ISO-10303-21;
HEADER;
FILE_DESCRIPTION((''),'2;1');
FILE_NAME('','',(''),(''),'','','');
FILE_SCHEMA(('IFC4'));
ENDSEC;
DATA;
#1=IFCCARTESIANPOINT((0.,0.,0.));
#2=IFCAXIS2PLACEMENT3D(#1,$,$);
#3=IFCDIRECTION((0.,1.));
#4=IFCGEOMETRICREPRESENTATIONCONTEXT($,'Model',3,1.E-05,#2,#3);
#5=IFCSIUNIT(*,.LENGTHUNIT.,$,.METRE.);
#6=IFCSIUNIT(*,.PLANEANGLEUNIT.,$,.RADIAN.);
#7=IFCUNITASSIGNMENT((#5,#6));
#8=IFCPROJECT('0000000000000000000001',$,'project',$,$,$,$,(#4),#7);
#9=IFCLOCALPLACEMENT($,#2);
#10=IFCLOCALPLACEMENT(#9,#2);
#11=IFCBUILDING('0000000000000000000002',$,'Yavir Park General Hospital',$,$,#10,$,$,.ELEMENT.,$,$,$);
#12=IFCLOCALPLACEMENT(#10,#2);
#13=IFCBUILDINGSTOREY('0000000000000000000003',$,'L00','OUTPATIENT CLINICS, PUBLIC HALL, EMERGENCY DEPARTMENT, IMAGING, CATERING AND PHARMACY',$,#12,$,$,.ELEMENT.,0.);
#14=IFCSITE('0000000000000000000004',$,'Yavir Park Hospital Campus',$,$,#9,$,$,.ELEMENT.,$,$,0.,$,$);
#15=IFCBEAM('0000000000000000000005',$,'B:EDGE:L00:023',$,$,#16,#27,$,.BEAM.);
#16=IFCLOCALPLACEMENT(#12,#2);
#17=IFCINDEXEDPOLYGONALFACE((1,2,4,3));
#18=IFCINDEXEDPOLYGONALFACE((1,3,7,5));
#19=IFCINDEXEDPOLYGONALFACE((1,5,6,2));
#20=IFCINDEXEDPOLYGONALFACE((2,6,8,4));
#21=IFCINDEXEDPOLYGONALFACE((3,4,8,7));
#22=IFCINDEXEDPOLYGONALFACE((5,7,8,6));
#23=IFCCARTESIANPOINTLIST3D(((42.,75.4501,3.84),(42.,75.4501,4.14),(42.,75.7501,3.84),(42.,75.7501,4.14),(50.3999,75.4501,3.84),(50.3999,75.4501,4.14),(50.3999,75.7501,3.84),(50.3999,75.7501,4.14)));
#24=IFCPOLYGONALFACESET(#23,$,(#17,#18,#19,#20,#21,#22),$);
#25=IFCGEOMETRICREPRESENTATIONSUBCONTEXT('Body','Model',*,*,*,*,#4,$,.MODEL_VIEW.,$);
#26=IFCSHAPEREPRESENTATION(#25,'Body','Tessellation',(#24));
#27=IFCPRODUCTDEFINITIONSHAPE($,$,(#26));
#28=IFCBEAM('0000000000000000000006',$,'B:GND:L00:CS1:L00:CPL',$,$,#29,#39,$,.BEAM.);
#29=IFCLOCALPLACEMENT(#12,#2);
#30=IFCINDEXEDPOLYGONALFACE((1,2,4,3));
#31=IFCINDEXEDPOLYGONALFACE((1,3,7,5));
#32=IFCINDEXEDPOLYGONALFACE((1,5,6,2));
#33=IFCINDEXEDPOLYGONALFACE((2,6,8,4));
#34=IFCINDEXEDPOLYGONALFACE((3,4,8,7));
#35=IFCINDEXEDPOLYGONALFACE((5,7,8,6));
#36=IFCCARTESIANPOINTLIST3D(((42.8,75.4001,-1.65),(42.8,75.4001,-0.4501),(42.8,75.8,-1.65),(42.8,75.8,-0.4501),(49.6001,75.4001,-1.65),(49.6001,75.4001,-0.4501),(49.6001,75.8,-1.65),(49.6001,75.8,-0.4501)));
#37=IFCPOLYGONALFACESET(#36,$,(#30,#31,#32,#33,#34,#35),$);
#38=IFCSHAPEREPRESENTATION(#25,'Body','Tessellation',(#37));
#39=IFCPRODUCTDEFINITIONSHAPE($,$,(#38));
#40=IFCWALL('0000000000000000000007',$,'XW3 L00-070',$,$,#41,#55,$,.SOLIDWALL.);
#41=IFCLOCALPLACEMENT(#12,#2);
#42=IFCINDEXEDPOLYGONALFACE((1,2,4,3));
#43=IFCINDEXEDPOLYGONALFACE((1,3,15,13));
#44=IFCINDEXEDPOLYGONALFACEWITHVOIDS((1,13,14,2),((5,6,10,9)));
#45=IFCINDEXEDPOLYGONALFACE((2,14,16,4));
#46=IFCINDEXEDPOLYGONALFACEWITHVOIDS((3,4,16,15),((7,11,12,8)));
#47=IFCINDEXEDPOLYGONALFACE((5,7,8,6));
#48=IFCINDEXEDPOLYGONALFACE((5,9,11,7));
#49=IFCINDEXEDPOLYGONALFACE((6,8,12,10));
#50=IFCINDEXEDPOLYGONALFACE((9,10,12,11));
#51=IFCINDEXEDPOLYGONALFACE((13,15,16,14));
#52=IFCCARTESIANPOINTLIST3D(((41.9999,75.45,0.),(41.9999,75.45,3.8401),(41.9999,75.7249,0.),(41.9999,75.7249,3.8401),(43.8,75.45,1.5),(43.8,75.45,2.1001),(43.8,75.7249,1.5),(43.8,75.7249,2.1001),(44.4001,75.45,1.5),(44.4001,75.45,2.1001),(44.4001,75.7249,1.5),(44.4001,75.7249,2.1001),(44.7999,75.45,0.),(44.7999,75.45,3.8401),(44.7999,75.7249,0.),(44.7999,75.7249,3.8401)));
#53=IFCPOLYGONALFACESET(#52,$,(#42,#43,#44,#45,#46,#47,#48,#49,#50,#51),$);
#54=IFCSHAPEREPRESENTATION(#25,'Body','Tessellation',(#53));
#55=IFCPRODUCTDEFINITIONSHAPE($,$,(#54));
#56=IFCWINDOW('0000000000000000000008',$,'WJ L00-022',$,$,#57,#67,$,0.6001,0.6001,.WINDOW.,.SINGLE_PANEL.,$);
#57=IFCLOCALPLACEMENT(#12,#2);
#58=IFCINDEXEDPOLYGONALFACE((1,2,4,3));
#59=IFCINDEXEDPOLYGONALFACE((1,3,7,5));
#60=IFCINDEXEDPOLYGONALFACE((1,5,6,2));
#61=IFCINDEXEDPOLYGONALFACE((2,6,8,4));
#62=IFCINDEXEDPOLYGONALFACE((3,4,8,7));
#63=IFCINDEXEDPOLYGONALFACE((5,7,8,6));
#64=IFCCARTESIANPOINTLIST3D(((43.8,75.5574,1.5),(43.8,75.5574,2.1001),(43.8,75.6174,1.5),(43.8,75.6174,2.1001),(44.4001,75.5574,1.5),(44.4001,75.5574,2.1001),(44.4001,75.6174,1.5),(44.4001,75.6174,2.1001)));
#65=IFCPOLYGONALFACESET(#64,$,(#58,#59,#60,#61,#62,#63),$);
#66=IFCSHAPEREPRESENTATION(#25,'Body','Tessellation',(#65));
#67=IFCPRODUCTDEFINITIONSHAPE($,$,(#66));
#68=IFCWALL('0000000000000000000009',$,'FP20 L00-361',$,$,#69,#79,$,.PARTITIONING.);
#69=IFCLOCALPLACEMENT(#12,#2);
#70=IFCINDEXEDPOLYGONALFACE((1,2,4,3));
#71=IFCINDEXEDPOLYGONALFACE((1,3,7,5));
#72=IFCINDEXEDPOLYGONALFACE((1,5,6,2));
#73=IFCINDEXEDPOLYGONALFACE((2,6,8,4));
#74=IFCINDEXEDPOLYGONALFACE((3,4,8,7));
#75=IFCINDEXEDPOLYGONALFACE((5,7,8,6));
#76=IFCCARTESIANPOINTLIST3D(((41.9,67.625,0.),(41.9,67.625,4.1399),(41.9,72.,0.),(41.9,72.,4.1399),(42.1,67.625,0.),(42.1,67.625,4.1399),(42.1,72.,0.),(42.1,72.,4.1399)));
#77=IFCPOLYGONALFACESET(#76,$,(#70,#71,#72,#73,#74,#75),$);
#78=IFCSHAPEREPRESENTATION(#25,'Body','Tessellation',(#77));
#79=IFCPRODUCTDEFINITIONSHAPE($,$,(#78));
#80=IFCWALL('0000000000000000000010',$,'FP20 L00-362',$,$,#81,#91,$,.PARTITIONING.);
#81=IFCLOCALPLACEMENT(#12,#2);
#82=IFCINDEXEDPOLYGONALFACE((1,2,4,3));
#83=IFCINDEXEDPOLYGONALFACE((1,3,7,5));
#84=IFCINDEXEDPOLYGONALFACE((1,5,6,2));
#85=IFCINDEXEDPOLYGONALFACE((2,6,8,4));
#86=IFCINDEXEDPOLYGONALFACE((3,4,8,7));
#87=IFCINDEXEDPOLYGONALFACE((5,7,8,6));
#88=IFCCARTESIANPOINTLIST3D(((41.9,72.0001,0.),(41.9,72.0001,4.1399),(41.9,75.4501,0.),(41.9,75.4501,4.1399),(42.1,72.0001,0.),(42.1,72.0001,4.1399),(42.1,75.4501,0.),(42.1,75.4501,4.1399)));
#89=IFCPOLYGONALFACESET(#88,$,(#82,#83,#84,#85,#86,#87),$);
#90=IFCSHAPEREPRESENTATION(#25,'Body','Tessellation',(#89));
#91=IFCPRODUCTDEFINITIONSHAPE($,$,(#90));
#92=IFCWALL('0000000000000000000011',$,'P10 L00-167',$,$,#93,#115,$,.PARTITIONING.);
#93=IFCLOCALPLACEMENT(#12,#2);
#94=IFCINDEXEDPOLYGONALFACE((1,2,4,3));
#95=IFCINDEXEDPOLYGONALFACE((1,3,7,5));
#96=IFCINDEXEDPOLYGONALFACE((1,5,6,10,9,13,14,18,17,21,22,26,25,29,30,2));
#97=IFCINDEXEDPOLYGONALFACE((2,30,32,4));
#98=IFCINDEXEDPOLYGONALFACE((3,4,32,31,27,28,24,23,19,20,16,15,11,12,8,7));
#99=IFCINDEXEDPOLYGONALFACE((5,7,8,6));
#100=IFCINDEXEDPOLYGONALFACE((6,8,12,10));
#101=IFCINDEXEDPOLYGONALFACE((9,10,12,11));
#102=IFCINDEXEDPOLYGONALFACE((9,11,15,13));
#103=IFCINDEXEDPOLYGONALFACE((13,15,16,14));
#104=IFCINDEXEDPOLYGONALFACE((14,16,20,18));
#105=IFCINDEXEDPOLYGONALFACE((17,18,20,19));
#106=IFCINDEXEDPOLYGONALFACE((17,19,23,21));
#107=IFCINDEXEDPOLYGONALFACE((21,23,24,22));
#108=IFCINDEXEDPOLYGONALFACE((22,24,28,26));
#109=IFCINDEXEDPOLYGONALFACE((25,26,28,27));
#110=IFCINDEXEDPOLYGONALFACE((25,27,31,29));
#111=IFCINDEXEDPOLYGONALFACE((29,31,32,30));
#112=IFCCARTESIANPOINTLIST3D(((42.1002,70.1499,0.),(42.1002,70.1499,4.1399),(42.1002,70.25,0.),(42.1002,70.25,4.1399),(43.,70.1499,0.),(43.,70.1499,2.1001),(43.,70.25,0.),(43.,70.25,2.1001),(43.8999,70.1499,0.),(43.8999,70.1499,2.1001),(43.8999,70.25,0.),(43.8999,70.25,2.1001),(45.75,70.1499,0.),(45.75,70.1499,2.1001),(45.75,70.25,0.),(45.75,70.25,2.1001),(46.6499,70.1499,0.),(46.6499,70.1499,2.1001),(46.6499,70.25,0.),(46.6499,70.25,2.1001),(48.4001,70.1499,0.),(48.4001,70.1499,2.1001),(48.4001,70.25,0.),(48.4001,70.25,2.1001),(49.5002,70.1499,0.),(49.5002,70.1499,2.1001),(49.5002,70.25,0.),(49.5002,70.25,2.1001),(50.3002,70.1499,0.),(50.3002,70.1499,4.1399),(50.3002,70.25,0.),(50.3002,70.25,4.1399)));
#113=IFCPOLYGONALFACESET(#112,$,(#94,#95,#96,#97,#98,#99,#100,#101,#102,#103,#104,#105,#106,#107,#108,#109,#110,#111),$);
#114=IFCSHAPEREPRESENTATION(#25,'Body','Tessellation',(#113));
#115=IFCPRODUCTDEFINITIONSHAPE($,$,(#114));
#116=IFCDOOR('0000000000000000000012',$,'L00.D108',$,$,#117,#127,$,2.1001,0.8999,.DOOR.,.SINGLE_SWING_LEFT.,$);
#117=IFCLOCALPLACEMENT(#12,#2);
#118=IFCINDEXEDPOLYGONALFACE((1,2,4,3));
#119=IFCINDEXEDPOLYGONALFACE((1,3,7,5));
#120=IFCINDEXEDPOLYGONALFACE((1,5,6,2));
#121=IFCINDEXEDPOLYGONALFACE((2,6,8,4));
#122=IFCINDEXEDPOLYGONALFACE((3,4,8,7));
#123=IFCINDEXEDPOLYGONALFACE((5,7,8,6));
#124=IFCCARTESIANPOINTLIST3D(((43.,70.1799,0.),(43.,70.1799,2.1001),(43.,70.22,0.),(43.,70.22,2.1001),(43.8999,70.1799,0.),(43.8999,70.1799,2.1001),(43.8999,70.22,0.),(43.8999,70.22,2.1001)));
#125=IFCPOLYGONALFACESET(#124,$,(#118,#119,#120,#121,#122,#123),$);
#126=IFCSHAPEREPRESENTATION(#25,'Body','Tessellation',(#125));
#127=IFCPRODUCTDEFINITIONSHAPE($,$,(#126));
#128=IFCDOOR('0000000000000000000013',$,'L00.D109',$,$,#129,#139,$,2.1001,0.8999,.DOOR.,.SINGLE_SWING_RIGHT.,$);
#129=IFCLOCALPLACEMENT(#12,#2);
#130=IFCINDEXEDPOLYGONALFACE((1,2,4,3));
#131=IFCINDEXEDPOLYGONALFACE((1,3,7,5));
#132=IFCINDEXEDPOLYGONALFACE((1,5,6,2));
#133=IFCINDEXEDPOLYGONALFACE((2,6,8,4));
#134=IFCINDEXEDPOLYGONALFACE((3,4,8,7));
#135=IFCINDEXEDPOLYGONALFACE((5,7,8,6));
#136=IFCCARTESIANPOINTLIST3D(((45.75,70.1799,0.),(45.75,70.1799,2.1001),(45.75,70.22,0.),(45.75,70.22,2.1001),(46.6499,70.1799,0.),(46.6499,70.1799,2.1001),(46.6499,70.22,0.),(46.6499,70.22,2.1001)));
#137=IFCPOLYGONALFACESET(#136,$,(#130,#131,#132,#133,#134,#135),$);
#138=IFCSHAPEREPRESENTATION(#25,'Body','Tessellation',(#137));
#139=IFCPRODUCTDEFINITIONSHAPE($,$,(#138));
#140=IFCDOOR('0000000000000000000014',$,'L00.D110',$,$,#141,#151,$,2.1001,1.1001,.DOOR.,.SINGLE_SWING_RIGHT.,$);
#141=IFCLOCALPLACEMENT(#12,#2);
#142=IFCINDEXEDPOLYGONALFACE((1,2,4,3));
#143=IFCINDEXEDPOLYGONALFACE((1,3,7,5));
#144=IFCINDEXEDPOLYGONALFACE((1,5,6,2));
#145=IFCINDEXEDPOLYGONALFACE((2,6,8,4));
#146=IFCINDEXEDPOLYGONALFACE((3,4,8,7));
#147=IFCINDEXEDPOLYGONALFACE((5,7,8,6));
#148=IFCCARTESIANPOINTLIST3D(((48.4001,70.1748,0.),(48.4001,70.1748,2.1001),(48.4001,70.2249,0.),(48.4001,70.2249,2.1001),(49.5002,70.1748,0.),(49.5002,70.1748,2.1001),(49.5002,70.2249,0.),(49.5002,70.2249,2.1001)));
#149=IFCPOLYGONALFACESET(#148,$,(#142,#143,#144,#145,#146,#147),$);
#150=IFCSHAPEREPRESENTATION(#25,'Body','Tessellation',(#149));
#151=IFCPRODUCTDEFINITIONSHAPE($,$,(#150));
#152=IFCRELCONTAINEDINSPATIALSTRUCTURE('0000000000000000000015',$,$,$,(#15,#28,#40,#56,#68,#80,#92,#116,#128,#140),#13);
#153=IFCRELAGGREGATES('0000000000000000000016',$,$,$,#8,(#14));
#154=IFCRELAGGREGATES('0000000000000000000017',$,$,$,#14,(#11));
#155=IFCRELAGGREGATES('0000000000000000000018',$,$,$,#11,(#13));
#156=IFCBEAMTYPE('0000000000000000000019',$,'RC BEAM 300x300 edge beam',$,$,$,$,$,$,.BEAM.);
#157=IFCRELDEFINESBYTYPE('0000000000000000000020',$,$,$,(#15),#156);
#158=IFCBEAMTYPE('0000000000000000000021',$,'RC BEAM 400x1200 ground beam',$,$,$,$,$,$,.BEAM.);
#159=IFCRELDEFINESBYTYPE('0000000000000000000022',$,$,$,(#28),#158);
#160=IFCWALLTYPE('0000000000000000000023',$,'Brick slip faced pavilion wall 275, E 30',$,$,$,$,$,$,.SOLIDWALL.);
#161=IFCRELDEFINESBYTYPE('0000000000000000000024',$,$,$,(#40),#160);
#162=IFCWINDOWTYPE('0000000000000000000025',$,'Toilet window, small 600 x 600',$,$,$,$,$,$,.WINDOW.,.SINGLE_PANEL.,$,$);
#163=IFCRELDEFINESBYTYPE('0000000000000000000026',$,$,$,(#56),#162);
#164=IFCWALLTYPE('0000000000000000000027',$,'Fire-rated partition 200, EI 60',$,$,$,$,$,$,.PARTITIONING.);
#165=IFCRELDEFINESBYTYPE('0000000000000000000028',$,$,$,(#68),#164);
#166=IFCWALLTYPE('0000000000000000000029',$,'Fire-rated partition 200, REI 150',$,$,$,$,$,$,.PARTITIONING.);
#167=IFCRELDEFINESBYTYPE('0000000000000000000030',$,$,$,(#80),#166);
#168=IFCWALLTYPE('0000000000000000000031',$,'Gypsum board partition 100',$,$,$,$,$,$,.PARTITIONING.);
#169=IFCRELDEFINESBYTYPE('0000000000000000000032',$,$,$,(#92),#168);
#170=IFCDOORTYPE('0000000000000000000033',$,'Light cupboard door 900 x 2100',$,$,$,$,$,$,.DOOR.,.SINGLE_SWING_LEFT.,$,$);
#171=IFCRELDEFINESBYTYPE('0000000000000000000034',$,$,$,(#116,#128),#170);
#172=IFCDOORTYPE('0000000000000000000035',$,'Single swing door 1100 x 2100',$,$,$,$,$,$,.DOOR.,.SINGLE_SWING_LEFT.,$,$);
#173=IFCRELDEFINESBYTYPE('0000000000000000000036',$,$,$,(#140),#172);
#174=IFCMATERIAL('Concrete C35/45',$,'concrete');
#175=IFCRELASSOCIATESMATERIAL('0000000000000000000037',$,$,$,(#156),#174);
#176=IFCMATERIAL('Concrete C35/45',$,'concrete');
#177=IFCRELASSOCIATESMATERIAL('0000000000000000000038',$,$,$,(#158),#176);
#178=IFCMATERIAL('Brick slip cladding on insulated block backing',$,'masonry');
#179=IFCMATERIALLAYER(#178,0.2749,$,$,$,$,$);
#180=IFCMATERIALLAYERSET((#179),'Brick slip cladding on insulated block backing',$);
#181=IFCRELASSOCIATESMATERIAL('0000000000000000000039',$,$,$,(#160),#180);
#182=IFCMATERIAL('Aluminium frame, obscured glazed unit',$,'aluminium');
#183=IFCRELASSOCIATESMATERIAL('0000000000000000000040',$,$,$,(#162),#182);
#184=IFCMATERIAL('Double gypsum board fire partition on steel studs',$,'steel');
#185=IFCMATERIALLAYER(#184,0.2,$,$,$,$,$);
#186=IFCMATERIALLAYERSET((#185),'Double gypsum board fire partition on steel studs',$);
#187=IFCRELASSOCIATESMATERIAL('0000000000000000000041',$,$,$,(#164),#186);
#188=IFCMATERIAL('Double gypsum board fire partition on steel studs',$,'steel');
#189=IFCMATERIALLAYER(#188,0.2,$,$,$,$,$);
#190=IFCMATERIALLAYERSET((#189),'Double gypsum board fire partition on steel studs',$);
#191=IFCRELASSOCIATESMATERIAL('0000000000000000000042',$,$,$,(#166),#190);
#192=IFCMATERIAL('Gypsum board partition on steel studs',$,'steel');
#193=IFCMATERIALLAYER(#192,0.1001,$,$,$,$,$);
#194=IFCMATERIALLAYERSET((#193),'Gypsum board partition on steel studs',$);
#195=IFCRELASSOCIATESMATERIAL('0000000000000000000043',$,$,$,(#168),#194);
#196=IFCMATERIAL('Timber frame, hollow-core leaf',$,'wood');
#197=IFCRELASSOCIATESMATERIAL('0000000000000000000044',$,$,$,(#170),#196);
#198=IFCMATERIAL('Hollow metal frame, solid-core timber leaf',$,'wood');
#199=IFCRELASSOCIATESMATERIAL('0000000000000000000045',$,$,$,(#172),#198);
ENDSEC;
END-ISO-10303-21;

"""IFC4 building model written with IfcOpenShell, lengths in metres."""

from ifc_helpers import new_model, si_unit, direction, frame, frame_2d, origin, origin_2d, place, context, subcontext, project, spatial, rectangle, extrude, material, layer, layer_set, material_profile, profile_set, type_object, element, fill, save


model = new_model("IFC4")

# Units and contexts
model_context = context("Model", 3, precision=1e-05, world=origin(), true_north=direction((0.0, 1.0)))
body_context = subcontext(model_context, "Body", "Model", "MODEL_VIEW")
ifc_project = project(units=[si_unit("LENGTHUNIT", "METRE"), si_unit("PLANEANGLEUNIT", "RADIAN")], contexts=[model_context])

# Site, building, storey
site_placement = place(None, origin())
site = spatial("IfcSite", under=ifc_project, at=site_placement, Name="Yavir Park Hospital Campus", CompositionType="ELEMENT", RefElevation=0.0)
building_placement = place(site_placement, origin())
building = spatial("IfcBuilding", under=site, at=building_placement, Name="Yavir Park General Hospital", CompositionType="ELEMENT")
storey_placement = place(building_placement, origin())
storey = spatial("IfcBuildingStorey", under=building, at=storey_placement, Name="L00", Description="OUTPATIENT CLINICS, PUBLIC HALL, EMERGENCY DEPARTMENT, IMAGING, CATERING AND PHARMACY", CompositionType="ELEMENT", Elevation=0.0)

# Beams
ifc_material_1 = material(Name="Concrete C35/45", Category="concrete")
ifc_material_profile_1 = material_profile(ifc_material_1, rectangle(XDim=0.3, YDim=0.3, at=origin_2d()), Name="RC300x300")
ifc_profile_set_1 = profile_set([ifc_material_profile_1], Name="Concrete C35/45")
beam_type_1 = type_object("IfcBeamType", Name="RC BEAM 300x300 edge beam", PredefinedType="BEAM", material=ifc_profile_set_1)
beam_1_placement = place(storey_placement, frame((42.0, 75.6001, 3.99), z_axis=(1.0, 0.0, 0.0), x_axis=(0.0, 1.0, 0.0)))
element("IfcBeam", 1, at=beam_1_placement, inside=storey, type_object=beam_type_1, Name="B:EDGE:L00:023", PredefinedType="BEAM", context=body_context, shape_type="SweptSolid", body=[
    extrude(rectangle(XDim=0.3, YDim=0.3, at=origin_2d()), origin(), (0.0, 0.0, 1.0), 8.3999),
])
ifc_material_2 = material(Name="Concrete C35/45", Category="concrete")
ifc_material_profile_2 = material_profile(ifc_material_2, rectangle(XDim=0.3999, YDim=1.2, at=origin_2d()), Name="RC400x1200")
ifc_profile_set_2 = profile_set([ifc_material_profile_2], Name="Concrete C35/45")
beam_type_2 = type_object("IfcBeamType", Name="RC BEAM 400x1200 ground beam", PredefinedType="BEAM", material=ifc_profile_set_2)
beam_2_placement = place(storey_placement, frame((42.8, 75.6001, -1.05), z_axis=(1.0, 0.0, 0.0), x_axis=(0.0, 1.0, 0.0)))
element("IfcBeam", 2, at=beam_2_placement, inside=storey, type_object=beam_type_2, Name="B:GND:L00:CS1:L00:CPL", PredefinedType="BEAM", context=body_context, shape_type="SweptSolid", body=[
    extrude(rectangle(XDim=0.3999, YDim=1.2, at=origin_2d()), origin(), (0.0, 0.0, 1.0), 6.8),
])

# Wall, opening, window
ifc_material_3 = material(Name="Brick slip cladding on insulated block backing", Category="masonry")
ifc_layer_1 = layer(ifc_material_3, 0.2749)
ifc_layer_set_1 = layer_set([ifc_layer_1], Name="Brick slip cladding on insulated block backing")
wall_type_1 = type_object("IfcWallType", Name="Brick slip faced pavilion wall 275, E 30", PredefinedType="SOLIDWALL", material=ifc_layer_set_1)
wall_1_placement = place(storey_placement, frame((42.0, 75.5874, 0.0), z_axis=(0.0, 0.0, 1.0), x_axis=(1.0, 0.0, 0.0)))
wall_1 = element("IfcWall", 3, at=wall_1_placement, inside=storey, type_object=wall_type_1, Name="XW3 L00-070", PredefinedType="SOLIDWALL", context=body_context, shape_type="SweptSolid", body=[
    extrude(rectangle(XDim=2.8, YDim=0.2749, at=frame_2d((1.3999, 0.0))), origin(), (0.0, 0.0, 1.0), 3.8401),
])
opening_1_placement = place(wall_1_placement, frame((1.8, 0.0, 1.5)))
opening_1 = element("IfcOpeningElement", 4, at=opening_1_placement, cuts=wall_1, PredefinedType="OPENING", context=body_context, shape_type="SweptSolid", body=[
    extrude(rectangle(XDim=0.6001, YDim=0.6001, at=frame_2d((0.3, 0.3))), frame((0.0, 0.1475, 0.0), z_axis=(0.0, -1.0, 0.0), x_axis=(1.0, 0.0, 0.0)), (0.0, 0.0, 1.0), 0.2949),
])
ifc_material_4 = material(Name="Aluminium frame, obscured glazed unit", Category="aluminium")
window_type = type_object("IfcWindowType", Name="Toilet window, small 600 x 600", PartitioningType="SINGLE_PANEL", PredefinedType="WINDOW", material=ifc_material_4)
window_placement = place(opening_1_placement, origin())
window = element("IfcWindow", 5, at=window_placement, inside=storey, type_object=window_type, Name="WJ L00-022", OverallHeight=0.6001, OverallWidth=0.6001, PartitioningType="SINGLE_PANEL", PredefinedType="WINDOW", context=body_context, shape_type="SweptSolid", body=[
    extrude(rectangle(XDim=0.6001, YDim=0.6001, at=frame_2d((0.3, 0.3))), frame((0.0, 0.03, 0.0), z_axis=(0.0, -1.0, 0.0), x_axis=(1.0, 0.0, 0.0)), (0.0, 0.0, 1.0), 0.0601),
])
fill(opening_1, window)

# Walls
ifc_material_5 = material(Name="Double gypsum board fire partition on steel studs", Category="steel")
ifc_layer_2 = layer(ifc_material_5, 0.2)
ifc_layer_set_2 = layer_set([ifc_layer_2], Name="Double gypsum board fire partition on steel studs")
wall_type_2 = type_object("IfcWallType", Name="Fire-rated partition 200, EI 60", PredefinedType="PARTITIONING", material=ifc_layer_set_2)
wall_2_placement = place(storey_placement, frame((42.0, 67.625, 0.0), z_axis=(0.0, 0.0, 1.0), x_axis=(0.0, 1.0, 0.0)))
element("IfcWall", 6, at=wall_2_placement, inside=storey, type_object=wall_type_2, Name="FP20 L00-361", PredefinedType="PARTITIONING", context=body_context, shape_type="SweptSolid", body=[
    extrude(rectangle(XDim=4.375, YDim=0.2, at=frame_2d((2.1875, 0.0))), origin(), (0.0, 0.0, 1.0), 4.1399),
])
ifc_material_6 = material(Name="Double gypsum board fire partition on steel studs", Category="steel")
ifc_layer_3 = layer(ifc_material_6, 0.2)
ifc_layer_set_3 = layer_set([ifc_layer_3], Name="Double gypsum board fire partition on steel studs")
wall_type_3 = type_object("IfcWallType", Name="Fire-rated partition 200, REI 150", PredefinedType="PARTITIONING", material=ifc_layer_set_3)
wall_3_placement = place(storey_placement, frame((42.0, 72.0, 0.0), z_axis=(0.0, 0.0, 1.0), x_axis=(0.0, 1.0, 0.0)))
element("IfcWall", 7, at=wall_3_placement, inside=storey, type_object=wall_type_3, Name="FP20 L00-362", PredefinedType="PARTITIONING", context=body_context, shape_type="SweptSolid", body=[
    extrude(rectangle(XDim=3.45, YDim=0.2, at=frame_2d((1.7251, 0.0))), origin(), (0.0, 0.0, 1.0), 4.1399),
])

# Wall, openings, doors
ifc_material_7 = material(Name="Gypsum board partition on steel studs", Category="steel")
ifc_layer_4 = layer(ifc_material_7, 0.1001)
ifc_layer_set_4 = layer_set([ifc_layer_4], Name="Gypsum board partition on steel studs")
wall_type_4 = type_object("IfcWallType", Name="Gypsum board partition 100", PredefinedType="PARTITIONING", material=ifc_layer_set_4)
wall_4_placement = place(storey_placement, frame((42.1001, 70.2, 0.0), z_axis=(0.0, 0.0, 1.0), x_axis=(1.0, 0.0, 0.0)))
wall_4 = element("IfcWall", 8, at=wall_4_placement, inside=storey, type_object=wall_type_4, Name="P10 L00-167", PredefinedType="PARTITIONING", context=body_context, shape_type="SweptSolid", body=[
    extrude(rectangle(XDim=8.2, YDim=0.1001, at=frame_2d((4.1001, 0.0))), origin(), (0.0, 0.0, 1.0), 4.1399),
])
opening_2_placement = place(wall_4_placement, frame((0.8999, 0.0, 0.0)))
opening_2 = element("IfcOpeningElement", 9, at=opening_2_placement, cuts=wall_4, PredefinedType="OPENING", context=body_context, shape_type="SweptSolid", body=[
    extrude(rectangle(XDim=0.8999, YDim=2.1001, at=frame_2d((0.45, 1.05))), frame((0.0, 0.0601, 0.0), z_axis=(0.0, -1.0, 0.0), x_axis=(1.0, 0.0, 0.0)), (0.0, 0.0, 1.0), 0.1201),
])
opening_3_placement = place(wall_4_placement, frame((3.6499, 0.0, 0.0)))
opening_3 = element("IfcOpeningElement", 10, at=opening_3_placement, cuts=wall_4, PredefinedType="OPENING", context=body_context, shape_type="SweptSolid", body=[
    extrude(rectangle(XDim=0.8999, YDim=2.1001, at=frame_2d((0.45, 1.05))), frame((0.0, 0.0601, 0.0), z_axis=(0.0, -1.0, 0.0), x_axis=(1.0, 0.0, 0.0)), (0.0, 0.0, 1.0), 0.1201),
])
opening_4_placement = place(wall_4_placement, frame((6.3, 0.0, 0.0)))
opening_4 = element("IfcOpeningElement", 11, at=opening_4_placement, cuts=wall_4, PredefinedType="OPENING", context=body_context, shape_type="SweptSolid", body=[
    extrude(rectangle(XDim=1.1001, YDim=2.1001, at=frame_2d((0.55, 1.05))), frame((0.0, 0.0601, 0.0), z_axis=(0.0, -1.0, 0.0), x_axis=(1.0, 0.0, 0.0)), (0.0, 0.0, 1.0), 0.1201),
])
ifc_material_8 = material(Name="Timber frame, hollow-core leaf", Category="wood")
door_type_1 = type_object("IfcDoorType", Name="Light cupboard door 900 x 2100", OperationType="SINGLE_SWING_LEFT", PredefinedType="DOOR", material=ifc_material_8)
door_1_placement = place(opening_2_placement, origin())
door_1 = element("IfcDoor", 12, at=door_1_placement, inside=storey, type_object=door_type_1, Name="L00.D108", OperationType="SINGLE_SWING_LEFT", OverallHeight=2.1001, OverallWidth=0.8999, PredefinedType="DOOR", context=body_context, shape_type="SweptSolid", body=[
    extrude(rectangle(XDim=0.8999, YDim=2.1001, at=frame_2d((0.45, 1.05))), frame((0.0, 0.02, 0.0), z_axis=(0.0, -1.0, 0.0), x_axis=(1.0, 0.0, 0.0)), (0.0, 0.0, 1.0), 0.04),
])
fill(opening_2, door_1)
door_2_placement = place(opening_3_placement, origin())
door_2 = element("IfcDoor", 13, at=door_2_placement, inside=storey, type_object=door_type_1, Name="L00.D109", OperationType="SINGLE_SWING_RIGHT", OverallHeight=2.1001, OverallWidth=0.8999, PredefinedType="DOOR", context=body_context, shape_type="SweptSolid", body=[
    extrude(rectangle(XDim=0.8999, YDim=2.1001, at=frame_2d((0.45, 1.05))), frame((0.0, 0.02, 0.0), z_axis=(0.0, -1.0, 0.0), x_axis=(1.0, 0.0, 0.0)), (0.0, 0.0, 1.0), 0.04),
])
fill(opening_3, door_2)
ifc_material_9 = material(Name="Hollow metal frame, solid-core timber leaf", Category="wood")
door_type_2 = type_object("IfcDoorType", Name="Single swing door 1100 x 2100", OperationType="SINGLE_SWING_LEFT", PredefinedType="DOOR", material=ifc_material_9)
door_3_placement = place(opening_4_placement, origin())
door_3 = element("IfcDoor", 14, at=door_3_placement, inside=storey, type_object=door_type_2, Name="L00.D110", OperationType="SINGLE_SWING_RIGHT", OverallHeight=2.1001, OverallWidth=1.1001, PredefinedType="DOOR", context=body_context, shape_type="SweptSolid", body=[
    extrude(rectangle(XDim=1.1001, YDim=2.1001, at=frame_2d((0.55, 1.05))), frame((0.0, 0.0249, 0.0), z_axis=(0.0, -1.0, 0.0), x_axis=(1.0, 0.0, 0.0)), (0.0, 0.0, 1.0), 0.05),
])
fill(opening_4, door_3)

save(model, "model.ifc")
